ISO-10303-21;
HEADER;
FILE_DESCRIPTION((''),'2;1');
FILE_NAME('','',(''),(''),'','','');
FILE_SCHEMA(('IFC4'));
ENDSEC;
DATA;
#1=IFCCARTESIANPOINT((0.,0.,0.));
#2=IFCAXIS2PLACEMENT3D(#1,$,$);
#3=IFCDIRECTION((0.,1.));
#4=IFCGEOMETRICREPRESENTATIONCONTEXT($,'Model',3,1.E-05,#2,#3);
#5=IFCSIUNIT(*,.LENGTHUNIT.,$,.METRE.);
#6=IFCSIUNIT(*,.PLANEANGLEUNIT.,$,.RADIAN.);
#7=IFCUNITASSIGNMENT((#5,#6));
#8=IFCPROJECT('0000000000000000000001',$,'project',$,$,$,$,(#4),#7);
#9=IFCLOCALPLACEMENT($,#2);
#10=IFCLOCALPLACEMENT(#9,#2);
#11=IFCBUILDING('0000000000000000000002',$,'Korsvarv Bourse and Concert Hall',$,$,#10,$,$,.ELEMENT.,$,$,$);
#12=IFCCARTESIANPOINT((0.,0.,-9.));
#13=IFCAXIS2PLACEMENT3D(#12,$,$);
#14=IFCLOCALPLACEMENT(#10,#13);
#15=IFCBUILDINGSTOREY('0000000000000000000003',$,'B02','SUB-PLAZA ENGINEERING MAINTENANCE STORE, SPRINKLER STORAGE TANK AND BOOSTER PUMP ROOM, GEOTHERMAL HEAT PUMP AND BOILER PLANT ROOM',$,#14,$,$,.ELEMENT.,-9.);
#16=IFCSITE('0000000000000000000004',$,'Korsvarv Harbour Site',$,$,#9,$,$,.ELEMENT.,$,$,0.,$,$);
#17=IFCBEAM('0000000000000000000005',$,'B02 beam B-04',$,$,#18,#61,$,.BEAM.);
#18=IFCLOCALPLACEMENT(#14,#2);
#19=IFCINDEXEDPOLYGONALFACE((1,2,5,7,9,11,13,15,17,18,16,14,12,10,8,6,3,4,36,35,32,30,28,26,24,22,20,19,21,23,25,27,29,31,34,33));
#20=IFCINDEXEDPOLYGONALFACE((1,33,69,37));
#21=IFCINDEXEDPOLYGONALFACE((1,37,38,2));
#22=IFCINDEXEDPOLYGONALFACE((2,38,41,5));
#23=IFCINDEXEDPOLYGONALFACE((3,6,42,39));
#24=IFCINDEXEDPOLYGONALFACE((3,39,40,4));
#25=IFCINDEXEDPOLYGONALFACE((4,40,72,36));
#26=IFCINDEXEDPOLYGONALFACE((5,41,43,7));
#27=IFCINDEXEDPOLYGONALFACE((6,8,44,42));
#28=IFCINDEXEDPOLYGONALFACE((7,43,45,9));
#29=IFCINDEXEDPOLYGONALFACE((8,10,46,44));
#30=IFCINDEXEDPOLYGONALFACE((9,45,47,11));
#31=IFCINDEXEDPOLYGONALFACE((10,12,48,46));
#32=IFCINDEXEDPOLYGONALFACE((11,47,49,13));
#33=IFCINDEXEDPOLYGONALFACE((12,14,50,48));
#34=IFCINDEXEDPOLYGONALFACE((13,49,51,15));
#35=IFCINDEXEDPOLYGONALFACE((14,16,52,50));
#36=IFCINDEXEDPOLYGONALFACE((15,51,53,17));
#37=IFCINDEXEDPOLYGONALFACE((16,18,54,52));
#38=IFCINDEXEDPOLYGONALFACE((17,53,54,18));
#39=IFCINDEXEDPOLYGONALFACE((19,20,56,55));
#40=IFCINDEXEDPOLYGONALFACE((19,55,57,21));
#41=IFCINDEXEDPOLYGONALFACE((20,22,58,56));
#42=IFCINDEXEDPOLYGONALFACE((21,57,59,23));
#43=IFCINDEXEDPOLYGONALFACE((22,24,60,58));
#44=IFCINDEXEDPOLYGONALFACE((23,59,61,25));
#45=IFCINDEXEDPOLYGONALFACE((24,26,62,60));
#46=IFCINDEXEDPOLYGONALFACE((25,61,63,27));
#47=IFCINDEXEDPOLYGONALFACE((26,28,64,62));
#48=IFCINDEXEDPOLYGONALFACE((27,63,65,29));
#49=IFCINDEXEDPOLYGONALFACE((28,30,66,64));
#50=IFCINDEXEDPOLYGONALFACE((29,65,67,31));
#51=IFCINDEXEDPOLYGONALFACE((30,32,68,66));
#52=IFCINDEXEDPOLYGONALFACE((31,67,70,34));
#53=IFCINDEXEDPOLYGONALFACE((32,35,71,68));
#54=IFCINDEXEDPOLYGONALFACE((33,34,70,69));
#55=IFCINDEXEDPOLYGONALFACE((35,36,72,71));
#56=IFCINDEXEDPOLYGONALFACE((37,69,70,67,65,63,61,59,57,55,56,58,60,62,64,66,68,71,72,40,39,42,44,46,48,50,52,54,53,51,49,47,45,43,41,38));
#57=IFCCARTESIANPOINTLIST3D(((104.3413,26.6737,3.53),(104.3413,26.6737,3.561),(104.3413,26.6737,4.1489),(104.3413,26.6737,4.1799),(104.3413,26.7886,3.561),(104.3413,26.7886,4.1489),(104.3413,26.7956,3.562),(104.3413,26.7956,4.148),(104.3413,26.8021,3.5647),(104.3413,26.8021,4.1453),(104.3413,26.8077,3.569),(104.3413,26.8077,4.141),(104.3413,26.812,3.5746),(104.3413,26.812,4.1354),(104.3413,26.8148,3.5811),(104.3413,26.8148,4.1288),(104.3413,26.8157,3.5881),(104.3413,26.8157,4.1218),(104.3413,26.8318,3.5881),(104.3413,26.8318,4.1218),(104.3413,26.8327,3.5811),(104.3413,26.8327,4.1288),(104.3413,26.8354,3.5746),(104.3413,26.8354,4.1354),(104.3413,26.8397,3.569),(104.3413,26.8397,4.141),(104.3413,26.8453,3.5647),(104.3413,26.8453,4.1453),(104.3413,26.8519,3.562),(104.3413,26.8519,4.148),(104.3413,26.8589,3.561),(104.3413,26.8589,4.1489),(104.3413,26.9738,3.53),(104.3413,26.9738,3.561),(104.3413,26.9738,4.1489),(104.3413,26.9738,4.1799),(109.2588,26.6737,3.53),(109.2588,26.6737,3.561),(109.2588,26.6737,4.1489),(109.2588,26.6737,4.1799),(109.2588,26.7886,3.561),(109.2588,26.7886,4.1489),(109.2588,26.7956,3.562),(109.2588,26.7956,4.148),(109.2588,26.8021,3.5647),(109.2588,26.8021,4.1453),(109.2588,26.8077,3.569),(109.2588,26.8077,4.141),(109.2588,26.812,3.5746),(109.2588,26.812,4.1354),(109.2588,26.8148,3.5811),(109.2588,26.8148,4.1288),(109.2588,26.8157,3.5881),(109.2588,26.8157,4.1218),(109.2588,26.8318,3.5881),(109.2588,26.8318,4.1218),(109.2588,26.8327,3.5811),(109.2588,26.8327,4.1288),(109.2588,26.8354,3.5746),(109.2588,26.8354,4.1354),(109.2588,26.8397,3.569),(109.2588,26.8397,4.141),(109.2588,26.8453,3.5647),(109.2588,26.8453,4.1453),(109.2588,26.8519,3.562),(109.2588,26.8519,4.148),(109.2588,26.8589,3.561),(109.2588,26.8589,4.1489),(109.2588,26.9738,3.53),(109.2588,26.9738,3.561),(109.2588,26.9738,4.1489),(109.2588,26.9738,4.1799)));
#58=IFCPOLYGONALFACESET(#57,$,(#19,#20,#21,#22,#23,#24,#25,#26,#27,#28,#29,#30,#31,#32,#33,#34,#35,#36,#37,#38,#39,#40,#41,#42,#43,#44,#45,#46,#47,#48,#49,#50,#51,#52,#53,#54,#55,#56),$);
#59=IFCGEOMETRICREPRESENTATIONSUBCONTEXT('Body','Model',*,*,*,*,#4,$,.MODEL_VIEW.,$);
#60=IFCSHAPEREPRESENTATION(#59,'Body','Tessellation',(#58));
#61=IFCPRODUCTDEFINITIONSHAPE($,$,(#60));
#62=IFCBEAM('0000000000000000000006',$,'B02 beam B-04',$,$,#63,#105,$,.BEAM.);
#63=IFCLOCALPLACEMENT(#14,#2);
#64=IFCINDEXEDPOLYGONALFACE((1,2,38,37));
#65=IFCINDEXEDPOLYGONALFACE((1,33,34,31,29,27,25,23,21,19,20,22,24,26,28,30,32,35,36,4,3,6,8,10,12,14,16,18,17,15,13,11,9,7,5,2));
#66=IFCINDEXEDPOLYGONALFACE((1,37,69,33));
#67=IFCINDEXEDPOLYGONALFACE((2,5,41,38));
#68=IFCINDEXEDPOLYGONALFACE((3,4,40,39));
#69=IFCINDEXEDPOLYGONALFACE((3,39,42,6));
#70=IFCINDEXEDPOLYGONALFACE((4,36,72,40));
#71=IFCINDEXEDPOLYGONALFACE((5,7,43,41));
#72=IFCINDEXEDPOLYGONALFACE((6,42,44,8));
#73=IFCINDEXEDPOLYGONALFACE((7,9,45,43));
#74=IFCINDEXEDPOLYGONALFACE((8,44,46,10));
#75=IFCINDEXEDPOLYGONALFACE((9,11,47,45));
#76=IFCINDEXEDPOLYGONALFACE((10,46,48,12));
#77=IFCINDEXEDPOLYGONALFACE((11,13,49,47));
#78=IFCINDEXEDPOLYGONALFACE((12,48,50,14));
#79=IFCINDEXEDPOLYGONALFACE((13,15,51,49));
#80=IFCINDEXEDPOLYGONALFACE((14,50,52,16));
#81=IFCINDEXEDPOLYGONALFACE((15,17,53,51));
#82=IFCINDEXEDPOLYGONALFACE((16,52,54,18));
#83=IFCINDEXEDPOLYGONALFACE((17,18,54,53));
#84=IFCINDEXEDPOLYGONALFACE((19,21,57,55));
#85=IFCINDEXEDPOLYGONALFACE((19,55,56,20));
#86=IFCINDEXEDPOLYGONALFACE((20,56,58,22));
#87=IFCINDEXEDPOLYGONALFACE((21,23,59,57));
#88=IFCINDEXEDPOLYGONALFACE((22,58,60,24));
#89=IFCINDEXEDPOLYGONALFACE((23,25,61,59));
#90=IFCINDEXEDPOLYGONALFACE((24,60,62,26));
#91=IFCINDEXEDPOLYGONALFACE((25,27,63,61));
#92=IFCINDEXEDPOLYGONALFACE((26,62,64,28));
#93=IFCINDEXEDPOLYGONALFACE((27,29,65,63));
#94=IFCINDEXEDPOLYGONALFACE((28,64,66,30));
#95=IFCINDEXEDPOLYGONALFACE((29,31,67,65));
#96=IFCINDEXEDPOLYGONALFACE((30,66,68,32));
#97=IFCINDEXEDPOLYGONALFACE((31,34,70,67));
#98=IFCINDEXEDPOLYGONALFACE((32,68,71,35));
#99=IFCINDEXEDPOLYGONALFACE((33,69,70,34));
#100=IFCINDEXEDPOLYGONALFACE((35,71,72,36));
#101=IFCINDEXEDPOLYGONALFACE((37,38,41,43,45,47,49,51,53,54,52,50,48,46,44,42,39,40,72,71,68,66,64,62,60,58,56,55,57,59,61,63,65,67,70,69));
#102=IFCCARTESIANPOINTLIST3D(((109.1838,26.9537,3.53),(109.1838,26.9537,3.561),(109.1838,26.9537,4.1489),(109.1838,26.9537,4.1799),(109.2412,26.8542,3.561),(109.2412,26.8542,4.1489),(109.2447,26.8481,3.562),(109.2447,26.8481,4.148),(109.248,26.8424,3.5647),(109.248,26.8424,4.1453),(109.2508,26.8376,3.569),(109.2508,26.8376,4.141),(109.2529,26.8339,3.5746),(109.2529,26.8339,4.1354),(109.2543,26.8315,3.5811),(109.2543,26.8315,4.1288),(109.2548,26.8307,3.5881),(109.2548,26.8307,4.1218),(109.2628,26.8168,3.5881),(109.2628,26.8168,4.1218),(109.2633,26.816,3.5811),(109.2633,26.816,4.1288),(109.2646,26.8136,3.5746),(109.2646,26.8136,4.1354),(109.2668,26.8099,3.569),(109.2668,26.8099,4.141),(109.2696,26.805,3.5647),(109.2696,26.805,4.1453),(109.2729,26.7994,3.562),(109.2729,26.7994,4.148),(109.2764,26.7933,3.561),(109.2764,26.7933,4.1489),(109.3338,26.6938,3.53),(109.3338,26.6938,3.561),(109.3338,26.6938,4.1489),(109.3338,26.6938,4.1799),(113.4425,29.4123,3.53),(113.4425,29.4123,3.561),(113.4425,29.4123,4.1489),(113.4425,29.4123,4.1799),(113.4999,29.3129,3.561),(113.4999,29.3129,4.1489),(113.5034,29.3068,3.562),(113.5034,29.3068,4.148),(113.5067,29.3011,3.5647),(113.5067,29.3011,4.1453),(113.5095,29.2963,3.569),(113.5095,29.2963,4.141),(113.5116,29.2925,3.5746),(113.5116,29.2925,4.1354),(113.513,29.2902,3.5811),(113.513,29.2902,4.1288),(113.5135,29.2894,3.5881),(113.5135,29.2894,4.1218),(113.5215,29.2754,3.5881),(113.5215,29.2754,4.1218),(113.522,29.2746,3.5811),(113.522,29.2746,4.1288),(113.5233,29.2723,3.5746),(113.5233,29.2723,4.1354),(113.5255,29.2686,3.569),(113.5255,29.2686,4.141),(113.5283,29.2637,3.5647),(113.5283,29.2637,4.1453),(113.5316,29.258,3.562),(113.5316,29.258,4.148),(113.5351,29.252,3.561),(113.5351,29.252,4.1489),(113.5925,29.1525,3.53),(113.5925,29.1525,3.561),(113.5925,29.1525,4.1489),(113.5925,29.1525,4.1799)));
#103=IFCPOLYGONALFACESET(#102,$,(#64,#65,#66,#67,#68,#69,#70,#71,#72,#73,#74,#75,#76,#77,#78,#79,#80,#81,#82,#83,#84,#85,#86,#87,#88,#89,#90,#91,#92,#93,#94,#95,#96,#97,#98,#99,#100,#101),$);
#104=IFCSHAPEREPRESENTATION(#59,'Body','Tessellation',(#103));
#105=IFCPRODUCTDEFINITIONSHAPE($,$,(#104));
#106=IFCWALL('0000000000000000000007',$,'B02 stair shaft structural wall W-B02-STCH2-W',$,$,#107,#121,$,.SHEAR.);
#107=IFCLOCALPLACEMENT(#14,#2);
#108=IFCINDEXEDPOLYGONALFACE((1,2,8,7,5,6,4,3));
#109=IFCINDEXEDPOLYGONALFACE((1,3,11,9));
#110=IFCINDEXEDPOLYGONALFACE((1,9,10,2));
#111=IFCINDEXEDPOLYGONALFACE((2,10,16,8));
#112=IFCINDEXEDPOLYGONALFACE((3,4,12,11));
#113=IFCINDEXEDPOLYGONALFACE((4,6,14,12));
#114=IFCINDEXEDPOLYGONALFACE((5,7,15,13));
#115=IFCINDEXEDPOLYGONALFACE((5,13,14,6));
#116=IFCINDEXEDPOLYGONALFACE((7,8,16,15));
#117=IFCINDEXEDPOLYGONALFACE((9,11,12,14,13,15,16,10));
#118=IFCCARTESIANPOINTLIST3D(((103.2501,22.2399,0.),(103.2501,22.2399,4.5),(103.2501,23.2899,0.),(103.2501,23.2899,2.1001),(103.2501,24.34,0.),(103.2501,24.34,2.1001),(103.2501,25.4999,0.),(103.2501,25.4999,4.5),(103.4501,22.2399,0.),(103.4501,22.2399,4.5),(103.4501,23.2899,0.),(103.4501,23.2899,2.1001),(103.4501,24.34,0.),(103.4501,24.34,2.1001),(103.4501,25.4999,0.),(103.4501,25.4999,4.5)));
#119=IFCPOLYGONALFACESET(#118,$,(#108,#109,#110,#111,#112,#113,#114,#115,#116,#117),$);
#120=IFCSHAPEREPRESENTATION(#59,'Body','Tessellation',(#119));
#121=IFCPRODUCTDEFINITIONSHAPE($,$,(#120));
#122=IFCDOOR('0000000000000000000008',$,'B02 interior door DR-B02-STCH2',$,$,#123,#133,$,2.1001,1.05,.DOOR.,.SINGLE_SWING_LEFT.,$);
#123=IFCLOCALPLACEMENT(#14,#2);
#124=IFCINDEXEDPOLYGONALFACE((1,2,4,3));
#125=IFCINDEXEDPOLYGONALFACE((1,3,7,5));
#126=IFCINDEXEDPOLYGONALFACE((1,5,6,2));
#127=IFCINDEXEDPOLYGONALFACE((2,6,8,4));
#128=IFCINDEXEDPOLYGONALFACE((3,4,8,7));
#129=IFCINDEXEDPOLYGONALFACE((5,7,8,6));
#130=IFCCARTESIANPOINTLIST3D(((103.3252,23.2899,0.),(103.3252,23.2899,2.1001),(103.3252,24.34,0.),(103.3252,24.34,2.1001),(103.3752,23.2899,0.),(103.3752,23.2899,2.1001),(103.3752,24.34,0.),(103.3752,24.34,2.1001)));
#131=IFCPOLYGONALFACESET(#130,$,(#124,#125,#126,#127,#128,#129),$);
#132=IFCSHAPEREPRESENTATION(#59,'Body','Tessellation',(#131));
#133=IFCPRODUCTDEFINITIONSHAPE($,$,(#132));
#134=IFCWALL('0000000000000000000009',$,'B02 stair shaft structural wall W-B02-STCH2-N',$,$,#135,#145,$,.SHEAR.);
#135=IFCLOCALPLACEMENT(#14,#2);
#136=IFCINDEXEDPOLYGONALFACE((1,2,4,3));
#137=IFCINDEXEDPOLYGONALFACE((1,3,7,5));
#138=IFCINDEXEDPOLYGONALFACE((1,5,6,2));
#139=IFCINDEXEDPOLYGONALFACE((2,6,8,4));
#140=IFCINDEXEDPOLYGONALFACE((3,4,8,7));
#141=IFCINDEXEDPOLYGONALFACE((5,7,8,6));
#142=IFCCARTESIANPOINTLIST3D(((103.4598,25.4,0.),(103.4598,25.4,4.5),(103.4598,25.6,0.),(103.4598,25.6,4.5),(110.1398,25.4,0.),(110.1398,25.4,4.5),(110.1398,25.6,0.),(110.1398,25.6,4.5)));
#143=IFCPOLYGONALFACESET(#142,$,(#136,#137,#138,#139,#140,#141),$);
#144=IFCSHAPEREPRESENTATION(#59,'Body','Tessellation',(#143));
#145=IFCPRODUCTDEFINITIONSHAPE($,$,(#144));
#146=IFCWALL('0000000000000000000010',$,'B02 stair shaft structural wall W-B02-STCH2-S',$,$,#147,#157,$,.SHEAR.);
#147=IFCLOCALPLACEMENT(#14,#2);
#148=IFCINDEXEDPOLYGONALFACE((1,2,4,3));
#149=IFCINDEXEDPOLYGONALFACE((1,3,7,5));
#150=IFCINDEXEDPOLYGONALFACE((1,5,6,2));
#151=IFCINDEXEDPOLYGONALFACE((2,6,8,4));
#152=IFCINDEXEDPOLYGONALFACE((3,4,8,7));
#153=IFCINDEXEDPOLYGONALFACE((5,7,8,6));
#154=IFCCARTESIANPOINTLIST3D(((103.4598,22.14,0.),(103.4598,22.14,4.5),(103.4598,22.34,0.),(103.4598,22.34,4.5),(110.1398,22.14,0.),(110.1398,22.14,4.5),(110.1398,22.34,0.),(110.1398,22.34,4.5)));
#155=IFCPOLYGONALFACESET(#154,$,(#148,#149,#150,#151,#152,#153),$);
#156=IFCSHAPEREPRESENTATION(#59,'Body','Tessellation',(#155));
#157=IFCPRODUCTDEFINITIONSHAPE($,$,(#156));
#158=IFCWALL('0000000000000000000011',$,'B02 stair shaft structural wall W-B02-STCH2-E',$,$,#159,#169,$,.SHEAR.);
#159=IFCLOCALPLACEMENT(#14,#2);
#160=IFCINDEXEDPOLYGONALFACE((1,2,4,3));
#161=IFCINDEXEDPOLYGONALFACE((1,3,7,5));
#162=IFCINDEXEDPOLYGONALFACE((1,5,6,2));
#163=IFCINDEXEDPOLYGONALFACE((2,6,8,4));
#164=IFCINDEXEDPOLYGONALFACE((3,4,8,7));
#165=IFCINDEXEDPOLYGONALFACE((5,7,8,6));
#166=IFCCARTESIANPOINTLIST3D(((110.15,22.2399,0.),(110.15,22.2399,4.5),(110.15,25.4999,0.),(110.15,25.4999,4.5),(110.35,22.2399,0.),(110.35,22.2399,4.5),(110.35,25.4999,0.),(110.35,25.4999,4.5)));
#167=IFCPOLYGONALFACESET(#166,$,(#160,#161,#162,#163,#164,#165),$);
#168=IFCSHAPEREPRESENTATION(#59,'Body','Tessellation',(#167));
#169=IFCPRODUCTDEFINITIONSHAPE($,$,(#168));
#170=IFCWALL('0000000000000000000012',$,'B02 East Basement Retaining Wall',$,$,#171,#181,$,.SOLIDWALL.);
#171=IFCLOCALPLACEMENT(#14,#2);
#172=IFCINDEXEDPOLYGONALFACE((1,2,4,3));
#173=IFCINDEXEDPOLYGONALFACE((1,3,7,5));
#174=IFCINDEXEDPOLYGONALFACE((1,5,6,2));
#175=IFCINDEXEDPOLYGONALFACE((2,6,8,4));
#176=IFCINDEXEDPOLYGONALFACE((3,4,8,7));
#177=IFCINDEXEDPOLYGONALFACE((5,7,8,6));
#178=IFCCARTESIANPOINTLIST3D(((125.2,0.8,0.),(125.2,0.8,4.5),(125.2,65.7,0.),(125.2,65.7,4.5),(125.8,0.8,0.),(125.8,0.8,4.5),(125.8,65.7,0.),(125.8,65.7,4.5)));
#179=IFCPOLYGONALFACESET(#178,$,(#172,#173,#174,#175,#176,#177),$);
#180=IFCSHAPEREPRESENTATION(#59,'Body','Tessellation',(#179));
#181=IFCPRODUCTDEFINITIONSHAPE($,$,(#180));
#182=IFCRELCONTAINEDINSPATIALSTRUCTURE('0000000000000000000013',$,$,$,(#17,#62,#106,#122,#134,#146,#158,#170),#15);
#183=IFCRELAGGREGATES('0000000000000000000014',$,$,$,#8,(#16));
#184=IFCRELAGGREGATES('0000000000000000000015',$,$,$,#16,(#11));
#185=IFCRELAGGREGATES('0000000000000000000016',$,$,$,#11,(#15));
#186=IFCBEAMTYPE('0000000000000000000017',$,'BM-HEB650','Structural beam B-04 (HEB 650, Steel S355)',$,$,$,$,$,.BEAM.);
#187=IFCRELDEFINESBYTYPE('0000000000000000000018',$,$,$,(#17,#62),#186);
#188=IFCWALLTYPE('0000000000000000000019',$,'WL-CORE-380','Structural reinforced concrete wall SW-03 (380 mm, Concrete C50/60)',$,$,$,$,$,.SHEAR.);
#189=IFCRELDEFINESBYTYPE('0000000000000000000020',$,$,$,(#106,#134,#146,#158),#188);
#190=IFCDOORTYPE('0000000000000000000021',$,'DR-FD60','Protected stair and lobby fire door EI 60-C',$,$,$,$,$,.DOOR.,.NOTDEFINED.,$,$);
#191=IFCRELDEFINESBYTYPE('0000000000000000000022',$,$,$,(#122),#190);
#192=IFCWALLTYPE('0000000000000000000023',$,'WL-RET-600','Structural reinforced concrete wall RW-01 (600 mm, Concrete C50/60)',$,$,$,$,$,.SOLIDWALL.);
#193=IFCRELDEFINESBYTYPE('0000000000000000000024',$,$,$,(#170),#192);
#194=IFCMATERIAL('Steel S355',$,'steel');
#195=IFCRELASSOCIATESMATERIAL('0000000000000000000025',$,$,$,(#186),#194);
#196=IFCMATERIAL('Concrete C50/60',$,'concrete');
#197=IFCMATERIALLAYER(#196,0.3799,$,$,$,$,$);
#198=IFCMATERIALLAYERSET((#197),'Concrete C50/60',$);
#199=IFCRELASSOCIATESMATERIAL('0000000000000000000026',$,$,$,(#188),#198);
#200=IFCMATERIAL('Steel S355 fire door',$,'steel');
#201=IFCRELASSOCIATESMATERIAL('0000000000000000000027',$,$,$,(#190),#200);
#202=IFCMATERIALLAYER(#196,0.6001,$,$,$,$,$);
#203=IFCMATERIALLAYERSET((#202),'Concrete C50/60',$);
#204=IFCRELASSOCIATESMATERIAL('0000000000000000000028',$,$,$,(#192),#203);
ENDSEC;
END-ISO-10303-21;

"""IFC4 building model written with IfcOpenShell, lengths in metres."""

from ifc_helpers import new_model, si_unit, direction, frame, frame_2d, origin, origin_2d, place, context, subcontext, project, spatial, rectangle, i_section, extrude, source, transform, mapped, material, layer, layer_set, material_profile, profile_set, type_object, element, fill, save


model = new_model("IFC4")

# Units and contexts
model_context = context("Model", 3, precision=1e-05, world=origin(), true_north=direction((0.0, 1.0)))
body_context = subcontext(model_context, "Body", "Model", "MODEL_VIEW")
ifc_project = project(units=[si_unit("LENGTHUNIT", "METRE"), si_unit("PLANEANGLEUNIT", "RADIAN")], contexts=[model_context])

# Site, building, storey
site_placement = place(None, origin())
site = spatial("IfcSite", under=ifc_project, at=site_placement, Name="Korsvarv Harbour Site", CompositionType="ELEMENT", RefElevation=0.0)
building_placement = place(site_placement, origin())
building = spatial("IfcBuilding", under=site, at=building_placement, Name="Korsvarv Bourse and Concert Hall", CompositionType="ELEMENT")
storey_placement = place(building_placement, frame((0.0, 0.0, -9.0)))
storey = spatial("IfcBuildingStorey", under=building, at=storey_placement, Name="B02", Description="SUB-PLAZA ENGINEERING MAINTENANCE STORE, SPRINKLER STORAGE TANK AND BOOSTER PUMP ROOM, GEOTHERMAL HEAT PUMP AND BOILER PLANT ROOM", CompositionType="ELEMENT", Elevation=-9.0)

# Shared definitions
ifc_material_1 = material(Name="Concrete C50/60", Category="concrete")

# Beams
ifc_material_2 = material(Name="Steel S355", Category="steel")
ifc_material_profile_1 = material_profile(ifc_material_2, i_section(OverallWidth=0.3, OverallDepth=0.6499, WebThickness=0.0161, FlangeThickness=0.031, FilletRadius=0.0271, at=origin_2d()), Name="HEB 650")
ifc_profile_set_1 = profile_set([ifc_material_profile_1], Name="Steel S355")
beam_type_1 = type_object("IfcBeamType", Name="BM-HEB650", Description="Structural beam B-04 (HEB 650, Steel S355)", PredefinedType="BEAM", material=ifc_profile_set_1)
shared_shape_1 = source(origin(), body_context, "Body", "SweptSolid", [
    extrude(i_section(OverallWidth=0.3, OverallDepth=0.6499, WebThickness=0.0161, FlangeThickness=0.031, FilletRadius=0.0271, at=origin_2d()), origin(), (0.0, 0.0, 1.0), 4.9175),
])
for number, where, z_axis, x_axis, name in (
    (1, (104.3413, 26.8237, 3.855), (1.0, 0.0, 0.0), (0.0, 1.0, 0.0), "B02 beam B-04"),
    (2, (109.2588, 26.8237, 3.855), (0.866032, 0.499989, 0.0), (-0.499989, 0.866032, 0.0), "B02 beam B-04"),
):
    element("IfcBeam", number, at=place(storey_placement, frame(where, z_axis=z_axis, x_axis=x_axis)), inside=storey, type_object=beam_type_1, Name=name, PredefinedType="BEAM", context=body_context, shape_type="MappedRepresentation", body=[
        mapped(shared_shape_1, transform((0.0, 0.0, 0.0), scale=1.0)),
    ])

# Wall, opening, door
ifc_layer_1 = layer(ifc_material_1, 0.3799)
ifc_layer_set_1 = layer_set([ifc_layer_1], Name="Concrete C50/60")
wall_type_1 = type_object("IfcWallType", Name="WL-CORE-380", Description="Structural reinforced concrete wall SW-03 (380 mm, Concrete C50/60)", PredefinedType="SHEAR", material=ifc_layer_set_1)
wall_1_placement = place(storey_placement, frame((103.3501, 22.24, 0.0), z_axis=(0.0, 0.0, 1.0), x_axis=(0.0, 1.0, 0.0)))
wall_1 = element("IfcWall", 3, at=wall_1_placement, inside=storey, type_object=wall_type_1, Name="B02 stair shaft structural wall W-B02-STCH2-W", PredefinedType="SHEAR", context=body_context, shape_type="SweptSolid", body=[
    extrude(rectangle(XDim=3.26, YDim=0.2, at=frame_2d((1.6299, 0.0))), origin(), (0.0, 0.0, 1.0), 4.5),
])
opening_placement = place(wall_1_placement, frame((1.05, 0.0, 0.0)))
opening = element("IfcOpeningElement", 4, at=opening_placement, cuts=wall_1, PredefinedType="OPENING", context=body_context, shape_type="SweptSolid", body=[
    extrude(rectangle(XDim=1.05, YDim=2.1001, at=frame_2d((0.5249, 1.05))), frame((0.0, 0.1099, 0.0), z_axis=(0.0, -1.0, 0.0), x_axis=(1.0, 0.0, 0.0)), (0.0, 0.0, 1.0), 0.22),
])
ifc_material_3 = material(Name="Steel S355 fire door", Category="steel")
door_type = type_object("IfcDoorType", Name="DR-FD60", Description="Protected stair and lobby fire door EI 60-C", OperationType="NOTDEFINED", PredefinedType="DOOR", material=ifc_material_3)
door_placement = place(opening_placement, origin())
door = element("IfcDoor", 5, at=door_placement, inside=storey, type_object=door_type, Name="B02 interior door DR-B02-STCH2", OperationType="SINGLE_SWING_LEFT", OverallHeight=2.1001, OverallWidth=1.05, PredefinedType="DOOR", context=body_context, shape_type="SweptSolid", body=[
    extrude(rectangle(XDim=1.05, YDim=2.1001, at=frame_2d((0.5249, 1.05))), frame((0.0, 0.0249, 0.0), z_axis=(0.0, -1.0, 0.0), x_axis=(1.0, 0.0, 0.0)), (0.0, 0.0, 1.0), 0.05),
])
fill(opening, door)

# Walls
for number, where, z_axis, x_axis, name in (
    (6, (103.46, 25.5, 0.0), (0.0, 0.0, 1.0), (1.0, 0.0, 0.0), "B02 stair shaft structural wall W-B02-STCH2-N"),
    (7, (103.46, 22.24, 0.0), (0.0, 0.0, 1.0), (1.0, 0.0, 0.0), "B02 stair shaft structural wall W-B02-STCH2-S"),
):
    element("IfcWall", number, at=place(storey_placement, frame(where, z_axis=z_axis, x_axis=x_axis)), inside=storey, type_object=wall_type_1, Name=name, PredefinedType="SHEAR", context=body_context, shape_type="SweptSolid", body=[
        extrude(rectangle(XDim=6.6799, YDim=0.2, at=frame_2d((3.3398, 0.0))), origin(), (0.0, 0.0, 1.0), 4.5),
    ])
wall_2_placement = place(storey_placement, frame((110.25, 22.24, 0.0), z_axis=(0.0, 0.0, 1.0), x_axis=(0.0, 1.0, 0.0)))
element("IfcWall", 8, at=wall_2_placement, inside=storey, type_object=wall_type_1, Name="B02 stair shaft structural wall W-B02-STCH2-E", PredefinedType="SHEAR", context=body_context, shape_type="SweptSolid", body=[
    extrude(rectangle(XDim=3.26, YDim=0.2, at=frame_2d((1.6299, 0.0))), origin(), (0.0, 0.0, 1.0), 4.5),
])
ifc_layer_2 = layer(ifc_material_1, 0.6001)
ifc_layer_set_2 = layer_set([ifc_layer_2], Name="Concrete C50/60")
wall_type_2 = type_object("IfcWallType", Name="WL-RET-600", Description="Structural reinforced concrete wall RW-01 (600 mm, Concrete C50/60)", PredefinedType="SOLIDWALL", material=ifc_layer_set_2)
wall_3_placement = place(storey_placement, frame((125.5, 0.8, 0.0), z_axis=(0.0, 0.0, 1.0), x_axis=(0.0, 1.0, 0.0)))
element("IfcWall", 9, at=wall_3_placement, inside=storey, type_object=wall_type_2, Name="B02 East Basement Retaining Wall", PredefinedType="SOLIDWALL", context=body_context, shape_type="SweptSolid", body=[
    extrude(rectangle(XDim=64.8999, YDim=0.6001, at=frame_2d((32.45, 0.0))), origin(), (0.0, 0.0, 1.0), 4.5),
])

save(model, "model.ifc")
